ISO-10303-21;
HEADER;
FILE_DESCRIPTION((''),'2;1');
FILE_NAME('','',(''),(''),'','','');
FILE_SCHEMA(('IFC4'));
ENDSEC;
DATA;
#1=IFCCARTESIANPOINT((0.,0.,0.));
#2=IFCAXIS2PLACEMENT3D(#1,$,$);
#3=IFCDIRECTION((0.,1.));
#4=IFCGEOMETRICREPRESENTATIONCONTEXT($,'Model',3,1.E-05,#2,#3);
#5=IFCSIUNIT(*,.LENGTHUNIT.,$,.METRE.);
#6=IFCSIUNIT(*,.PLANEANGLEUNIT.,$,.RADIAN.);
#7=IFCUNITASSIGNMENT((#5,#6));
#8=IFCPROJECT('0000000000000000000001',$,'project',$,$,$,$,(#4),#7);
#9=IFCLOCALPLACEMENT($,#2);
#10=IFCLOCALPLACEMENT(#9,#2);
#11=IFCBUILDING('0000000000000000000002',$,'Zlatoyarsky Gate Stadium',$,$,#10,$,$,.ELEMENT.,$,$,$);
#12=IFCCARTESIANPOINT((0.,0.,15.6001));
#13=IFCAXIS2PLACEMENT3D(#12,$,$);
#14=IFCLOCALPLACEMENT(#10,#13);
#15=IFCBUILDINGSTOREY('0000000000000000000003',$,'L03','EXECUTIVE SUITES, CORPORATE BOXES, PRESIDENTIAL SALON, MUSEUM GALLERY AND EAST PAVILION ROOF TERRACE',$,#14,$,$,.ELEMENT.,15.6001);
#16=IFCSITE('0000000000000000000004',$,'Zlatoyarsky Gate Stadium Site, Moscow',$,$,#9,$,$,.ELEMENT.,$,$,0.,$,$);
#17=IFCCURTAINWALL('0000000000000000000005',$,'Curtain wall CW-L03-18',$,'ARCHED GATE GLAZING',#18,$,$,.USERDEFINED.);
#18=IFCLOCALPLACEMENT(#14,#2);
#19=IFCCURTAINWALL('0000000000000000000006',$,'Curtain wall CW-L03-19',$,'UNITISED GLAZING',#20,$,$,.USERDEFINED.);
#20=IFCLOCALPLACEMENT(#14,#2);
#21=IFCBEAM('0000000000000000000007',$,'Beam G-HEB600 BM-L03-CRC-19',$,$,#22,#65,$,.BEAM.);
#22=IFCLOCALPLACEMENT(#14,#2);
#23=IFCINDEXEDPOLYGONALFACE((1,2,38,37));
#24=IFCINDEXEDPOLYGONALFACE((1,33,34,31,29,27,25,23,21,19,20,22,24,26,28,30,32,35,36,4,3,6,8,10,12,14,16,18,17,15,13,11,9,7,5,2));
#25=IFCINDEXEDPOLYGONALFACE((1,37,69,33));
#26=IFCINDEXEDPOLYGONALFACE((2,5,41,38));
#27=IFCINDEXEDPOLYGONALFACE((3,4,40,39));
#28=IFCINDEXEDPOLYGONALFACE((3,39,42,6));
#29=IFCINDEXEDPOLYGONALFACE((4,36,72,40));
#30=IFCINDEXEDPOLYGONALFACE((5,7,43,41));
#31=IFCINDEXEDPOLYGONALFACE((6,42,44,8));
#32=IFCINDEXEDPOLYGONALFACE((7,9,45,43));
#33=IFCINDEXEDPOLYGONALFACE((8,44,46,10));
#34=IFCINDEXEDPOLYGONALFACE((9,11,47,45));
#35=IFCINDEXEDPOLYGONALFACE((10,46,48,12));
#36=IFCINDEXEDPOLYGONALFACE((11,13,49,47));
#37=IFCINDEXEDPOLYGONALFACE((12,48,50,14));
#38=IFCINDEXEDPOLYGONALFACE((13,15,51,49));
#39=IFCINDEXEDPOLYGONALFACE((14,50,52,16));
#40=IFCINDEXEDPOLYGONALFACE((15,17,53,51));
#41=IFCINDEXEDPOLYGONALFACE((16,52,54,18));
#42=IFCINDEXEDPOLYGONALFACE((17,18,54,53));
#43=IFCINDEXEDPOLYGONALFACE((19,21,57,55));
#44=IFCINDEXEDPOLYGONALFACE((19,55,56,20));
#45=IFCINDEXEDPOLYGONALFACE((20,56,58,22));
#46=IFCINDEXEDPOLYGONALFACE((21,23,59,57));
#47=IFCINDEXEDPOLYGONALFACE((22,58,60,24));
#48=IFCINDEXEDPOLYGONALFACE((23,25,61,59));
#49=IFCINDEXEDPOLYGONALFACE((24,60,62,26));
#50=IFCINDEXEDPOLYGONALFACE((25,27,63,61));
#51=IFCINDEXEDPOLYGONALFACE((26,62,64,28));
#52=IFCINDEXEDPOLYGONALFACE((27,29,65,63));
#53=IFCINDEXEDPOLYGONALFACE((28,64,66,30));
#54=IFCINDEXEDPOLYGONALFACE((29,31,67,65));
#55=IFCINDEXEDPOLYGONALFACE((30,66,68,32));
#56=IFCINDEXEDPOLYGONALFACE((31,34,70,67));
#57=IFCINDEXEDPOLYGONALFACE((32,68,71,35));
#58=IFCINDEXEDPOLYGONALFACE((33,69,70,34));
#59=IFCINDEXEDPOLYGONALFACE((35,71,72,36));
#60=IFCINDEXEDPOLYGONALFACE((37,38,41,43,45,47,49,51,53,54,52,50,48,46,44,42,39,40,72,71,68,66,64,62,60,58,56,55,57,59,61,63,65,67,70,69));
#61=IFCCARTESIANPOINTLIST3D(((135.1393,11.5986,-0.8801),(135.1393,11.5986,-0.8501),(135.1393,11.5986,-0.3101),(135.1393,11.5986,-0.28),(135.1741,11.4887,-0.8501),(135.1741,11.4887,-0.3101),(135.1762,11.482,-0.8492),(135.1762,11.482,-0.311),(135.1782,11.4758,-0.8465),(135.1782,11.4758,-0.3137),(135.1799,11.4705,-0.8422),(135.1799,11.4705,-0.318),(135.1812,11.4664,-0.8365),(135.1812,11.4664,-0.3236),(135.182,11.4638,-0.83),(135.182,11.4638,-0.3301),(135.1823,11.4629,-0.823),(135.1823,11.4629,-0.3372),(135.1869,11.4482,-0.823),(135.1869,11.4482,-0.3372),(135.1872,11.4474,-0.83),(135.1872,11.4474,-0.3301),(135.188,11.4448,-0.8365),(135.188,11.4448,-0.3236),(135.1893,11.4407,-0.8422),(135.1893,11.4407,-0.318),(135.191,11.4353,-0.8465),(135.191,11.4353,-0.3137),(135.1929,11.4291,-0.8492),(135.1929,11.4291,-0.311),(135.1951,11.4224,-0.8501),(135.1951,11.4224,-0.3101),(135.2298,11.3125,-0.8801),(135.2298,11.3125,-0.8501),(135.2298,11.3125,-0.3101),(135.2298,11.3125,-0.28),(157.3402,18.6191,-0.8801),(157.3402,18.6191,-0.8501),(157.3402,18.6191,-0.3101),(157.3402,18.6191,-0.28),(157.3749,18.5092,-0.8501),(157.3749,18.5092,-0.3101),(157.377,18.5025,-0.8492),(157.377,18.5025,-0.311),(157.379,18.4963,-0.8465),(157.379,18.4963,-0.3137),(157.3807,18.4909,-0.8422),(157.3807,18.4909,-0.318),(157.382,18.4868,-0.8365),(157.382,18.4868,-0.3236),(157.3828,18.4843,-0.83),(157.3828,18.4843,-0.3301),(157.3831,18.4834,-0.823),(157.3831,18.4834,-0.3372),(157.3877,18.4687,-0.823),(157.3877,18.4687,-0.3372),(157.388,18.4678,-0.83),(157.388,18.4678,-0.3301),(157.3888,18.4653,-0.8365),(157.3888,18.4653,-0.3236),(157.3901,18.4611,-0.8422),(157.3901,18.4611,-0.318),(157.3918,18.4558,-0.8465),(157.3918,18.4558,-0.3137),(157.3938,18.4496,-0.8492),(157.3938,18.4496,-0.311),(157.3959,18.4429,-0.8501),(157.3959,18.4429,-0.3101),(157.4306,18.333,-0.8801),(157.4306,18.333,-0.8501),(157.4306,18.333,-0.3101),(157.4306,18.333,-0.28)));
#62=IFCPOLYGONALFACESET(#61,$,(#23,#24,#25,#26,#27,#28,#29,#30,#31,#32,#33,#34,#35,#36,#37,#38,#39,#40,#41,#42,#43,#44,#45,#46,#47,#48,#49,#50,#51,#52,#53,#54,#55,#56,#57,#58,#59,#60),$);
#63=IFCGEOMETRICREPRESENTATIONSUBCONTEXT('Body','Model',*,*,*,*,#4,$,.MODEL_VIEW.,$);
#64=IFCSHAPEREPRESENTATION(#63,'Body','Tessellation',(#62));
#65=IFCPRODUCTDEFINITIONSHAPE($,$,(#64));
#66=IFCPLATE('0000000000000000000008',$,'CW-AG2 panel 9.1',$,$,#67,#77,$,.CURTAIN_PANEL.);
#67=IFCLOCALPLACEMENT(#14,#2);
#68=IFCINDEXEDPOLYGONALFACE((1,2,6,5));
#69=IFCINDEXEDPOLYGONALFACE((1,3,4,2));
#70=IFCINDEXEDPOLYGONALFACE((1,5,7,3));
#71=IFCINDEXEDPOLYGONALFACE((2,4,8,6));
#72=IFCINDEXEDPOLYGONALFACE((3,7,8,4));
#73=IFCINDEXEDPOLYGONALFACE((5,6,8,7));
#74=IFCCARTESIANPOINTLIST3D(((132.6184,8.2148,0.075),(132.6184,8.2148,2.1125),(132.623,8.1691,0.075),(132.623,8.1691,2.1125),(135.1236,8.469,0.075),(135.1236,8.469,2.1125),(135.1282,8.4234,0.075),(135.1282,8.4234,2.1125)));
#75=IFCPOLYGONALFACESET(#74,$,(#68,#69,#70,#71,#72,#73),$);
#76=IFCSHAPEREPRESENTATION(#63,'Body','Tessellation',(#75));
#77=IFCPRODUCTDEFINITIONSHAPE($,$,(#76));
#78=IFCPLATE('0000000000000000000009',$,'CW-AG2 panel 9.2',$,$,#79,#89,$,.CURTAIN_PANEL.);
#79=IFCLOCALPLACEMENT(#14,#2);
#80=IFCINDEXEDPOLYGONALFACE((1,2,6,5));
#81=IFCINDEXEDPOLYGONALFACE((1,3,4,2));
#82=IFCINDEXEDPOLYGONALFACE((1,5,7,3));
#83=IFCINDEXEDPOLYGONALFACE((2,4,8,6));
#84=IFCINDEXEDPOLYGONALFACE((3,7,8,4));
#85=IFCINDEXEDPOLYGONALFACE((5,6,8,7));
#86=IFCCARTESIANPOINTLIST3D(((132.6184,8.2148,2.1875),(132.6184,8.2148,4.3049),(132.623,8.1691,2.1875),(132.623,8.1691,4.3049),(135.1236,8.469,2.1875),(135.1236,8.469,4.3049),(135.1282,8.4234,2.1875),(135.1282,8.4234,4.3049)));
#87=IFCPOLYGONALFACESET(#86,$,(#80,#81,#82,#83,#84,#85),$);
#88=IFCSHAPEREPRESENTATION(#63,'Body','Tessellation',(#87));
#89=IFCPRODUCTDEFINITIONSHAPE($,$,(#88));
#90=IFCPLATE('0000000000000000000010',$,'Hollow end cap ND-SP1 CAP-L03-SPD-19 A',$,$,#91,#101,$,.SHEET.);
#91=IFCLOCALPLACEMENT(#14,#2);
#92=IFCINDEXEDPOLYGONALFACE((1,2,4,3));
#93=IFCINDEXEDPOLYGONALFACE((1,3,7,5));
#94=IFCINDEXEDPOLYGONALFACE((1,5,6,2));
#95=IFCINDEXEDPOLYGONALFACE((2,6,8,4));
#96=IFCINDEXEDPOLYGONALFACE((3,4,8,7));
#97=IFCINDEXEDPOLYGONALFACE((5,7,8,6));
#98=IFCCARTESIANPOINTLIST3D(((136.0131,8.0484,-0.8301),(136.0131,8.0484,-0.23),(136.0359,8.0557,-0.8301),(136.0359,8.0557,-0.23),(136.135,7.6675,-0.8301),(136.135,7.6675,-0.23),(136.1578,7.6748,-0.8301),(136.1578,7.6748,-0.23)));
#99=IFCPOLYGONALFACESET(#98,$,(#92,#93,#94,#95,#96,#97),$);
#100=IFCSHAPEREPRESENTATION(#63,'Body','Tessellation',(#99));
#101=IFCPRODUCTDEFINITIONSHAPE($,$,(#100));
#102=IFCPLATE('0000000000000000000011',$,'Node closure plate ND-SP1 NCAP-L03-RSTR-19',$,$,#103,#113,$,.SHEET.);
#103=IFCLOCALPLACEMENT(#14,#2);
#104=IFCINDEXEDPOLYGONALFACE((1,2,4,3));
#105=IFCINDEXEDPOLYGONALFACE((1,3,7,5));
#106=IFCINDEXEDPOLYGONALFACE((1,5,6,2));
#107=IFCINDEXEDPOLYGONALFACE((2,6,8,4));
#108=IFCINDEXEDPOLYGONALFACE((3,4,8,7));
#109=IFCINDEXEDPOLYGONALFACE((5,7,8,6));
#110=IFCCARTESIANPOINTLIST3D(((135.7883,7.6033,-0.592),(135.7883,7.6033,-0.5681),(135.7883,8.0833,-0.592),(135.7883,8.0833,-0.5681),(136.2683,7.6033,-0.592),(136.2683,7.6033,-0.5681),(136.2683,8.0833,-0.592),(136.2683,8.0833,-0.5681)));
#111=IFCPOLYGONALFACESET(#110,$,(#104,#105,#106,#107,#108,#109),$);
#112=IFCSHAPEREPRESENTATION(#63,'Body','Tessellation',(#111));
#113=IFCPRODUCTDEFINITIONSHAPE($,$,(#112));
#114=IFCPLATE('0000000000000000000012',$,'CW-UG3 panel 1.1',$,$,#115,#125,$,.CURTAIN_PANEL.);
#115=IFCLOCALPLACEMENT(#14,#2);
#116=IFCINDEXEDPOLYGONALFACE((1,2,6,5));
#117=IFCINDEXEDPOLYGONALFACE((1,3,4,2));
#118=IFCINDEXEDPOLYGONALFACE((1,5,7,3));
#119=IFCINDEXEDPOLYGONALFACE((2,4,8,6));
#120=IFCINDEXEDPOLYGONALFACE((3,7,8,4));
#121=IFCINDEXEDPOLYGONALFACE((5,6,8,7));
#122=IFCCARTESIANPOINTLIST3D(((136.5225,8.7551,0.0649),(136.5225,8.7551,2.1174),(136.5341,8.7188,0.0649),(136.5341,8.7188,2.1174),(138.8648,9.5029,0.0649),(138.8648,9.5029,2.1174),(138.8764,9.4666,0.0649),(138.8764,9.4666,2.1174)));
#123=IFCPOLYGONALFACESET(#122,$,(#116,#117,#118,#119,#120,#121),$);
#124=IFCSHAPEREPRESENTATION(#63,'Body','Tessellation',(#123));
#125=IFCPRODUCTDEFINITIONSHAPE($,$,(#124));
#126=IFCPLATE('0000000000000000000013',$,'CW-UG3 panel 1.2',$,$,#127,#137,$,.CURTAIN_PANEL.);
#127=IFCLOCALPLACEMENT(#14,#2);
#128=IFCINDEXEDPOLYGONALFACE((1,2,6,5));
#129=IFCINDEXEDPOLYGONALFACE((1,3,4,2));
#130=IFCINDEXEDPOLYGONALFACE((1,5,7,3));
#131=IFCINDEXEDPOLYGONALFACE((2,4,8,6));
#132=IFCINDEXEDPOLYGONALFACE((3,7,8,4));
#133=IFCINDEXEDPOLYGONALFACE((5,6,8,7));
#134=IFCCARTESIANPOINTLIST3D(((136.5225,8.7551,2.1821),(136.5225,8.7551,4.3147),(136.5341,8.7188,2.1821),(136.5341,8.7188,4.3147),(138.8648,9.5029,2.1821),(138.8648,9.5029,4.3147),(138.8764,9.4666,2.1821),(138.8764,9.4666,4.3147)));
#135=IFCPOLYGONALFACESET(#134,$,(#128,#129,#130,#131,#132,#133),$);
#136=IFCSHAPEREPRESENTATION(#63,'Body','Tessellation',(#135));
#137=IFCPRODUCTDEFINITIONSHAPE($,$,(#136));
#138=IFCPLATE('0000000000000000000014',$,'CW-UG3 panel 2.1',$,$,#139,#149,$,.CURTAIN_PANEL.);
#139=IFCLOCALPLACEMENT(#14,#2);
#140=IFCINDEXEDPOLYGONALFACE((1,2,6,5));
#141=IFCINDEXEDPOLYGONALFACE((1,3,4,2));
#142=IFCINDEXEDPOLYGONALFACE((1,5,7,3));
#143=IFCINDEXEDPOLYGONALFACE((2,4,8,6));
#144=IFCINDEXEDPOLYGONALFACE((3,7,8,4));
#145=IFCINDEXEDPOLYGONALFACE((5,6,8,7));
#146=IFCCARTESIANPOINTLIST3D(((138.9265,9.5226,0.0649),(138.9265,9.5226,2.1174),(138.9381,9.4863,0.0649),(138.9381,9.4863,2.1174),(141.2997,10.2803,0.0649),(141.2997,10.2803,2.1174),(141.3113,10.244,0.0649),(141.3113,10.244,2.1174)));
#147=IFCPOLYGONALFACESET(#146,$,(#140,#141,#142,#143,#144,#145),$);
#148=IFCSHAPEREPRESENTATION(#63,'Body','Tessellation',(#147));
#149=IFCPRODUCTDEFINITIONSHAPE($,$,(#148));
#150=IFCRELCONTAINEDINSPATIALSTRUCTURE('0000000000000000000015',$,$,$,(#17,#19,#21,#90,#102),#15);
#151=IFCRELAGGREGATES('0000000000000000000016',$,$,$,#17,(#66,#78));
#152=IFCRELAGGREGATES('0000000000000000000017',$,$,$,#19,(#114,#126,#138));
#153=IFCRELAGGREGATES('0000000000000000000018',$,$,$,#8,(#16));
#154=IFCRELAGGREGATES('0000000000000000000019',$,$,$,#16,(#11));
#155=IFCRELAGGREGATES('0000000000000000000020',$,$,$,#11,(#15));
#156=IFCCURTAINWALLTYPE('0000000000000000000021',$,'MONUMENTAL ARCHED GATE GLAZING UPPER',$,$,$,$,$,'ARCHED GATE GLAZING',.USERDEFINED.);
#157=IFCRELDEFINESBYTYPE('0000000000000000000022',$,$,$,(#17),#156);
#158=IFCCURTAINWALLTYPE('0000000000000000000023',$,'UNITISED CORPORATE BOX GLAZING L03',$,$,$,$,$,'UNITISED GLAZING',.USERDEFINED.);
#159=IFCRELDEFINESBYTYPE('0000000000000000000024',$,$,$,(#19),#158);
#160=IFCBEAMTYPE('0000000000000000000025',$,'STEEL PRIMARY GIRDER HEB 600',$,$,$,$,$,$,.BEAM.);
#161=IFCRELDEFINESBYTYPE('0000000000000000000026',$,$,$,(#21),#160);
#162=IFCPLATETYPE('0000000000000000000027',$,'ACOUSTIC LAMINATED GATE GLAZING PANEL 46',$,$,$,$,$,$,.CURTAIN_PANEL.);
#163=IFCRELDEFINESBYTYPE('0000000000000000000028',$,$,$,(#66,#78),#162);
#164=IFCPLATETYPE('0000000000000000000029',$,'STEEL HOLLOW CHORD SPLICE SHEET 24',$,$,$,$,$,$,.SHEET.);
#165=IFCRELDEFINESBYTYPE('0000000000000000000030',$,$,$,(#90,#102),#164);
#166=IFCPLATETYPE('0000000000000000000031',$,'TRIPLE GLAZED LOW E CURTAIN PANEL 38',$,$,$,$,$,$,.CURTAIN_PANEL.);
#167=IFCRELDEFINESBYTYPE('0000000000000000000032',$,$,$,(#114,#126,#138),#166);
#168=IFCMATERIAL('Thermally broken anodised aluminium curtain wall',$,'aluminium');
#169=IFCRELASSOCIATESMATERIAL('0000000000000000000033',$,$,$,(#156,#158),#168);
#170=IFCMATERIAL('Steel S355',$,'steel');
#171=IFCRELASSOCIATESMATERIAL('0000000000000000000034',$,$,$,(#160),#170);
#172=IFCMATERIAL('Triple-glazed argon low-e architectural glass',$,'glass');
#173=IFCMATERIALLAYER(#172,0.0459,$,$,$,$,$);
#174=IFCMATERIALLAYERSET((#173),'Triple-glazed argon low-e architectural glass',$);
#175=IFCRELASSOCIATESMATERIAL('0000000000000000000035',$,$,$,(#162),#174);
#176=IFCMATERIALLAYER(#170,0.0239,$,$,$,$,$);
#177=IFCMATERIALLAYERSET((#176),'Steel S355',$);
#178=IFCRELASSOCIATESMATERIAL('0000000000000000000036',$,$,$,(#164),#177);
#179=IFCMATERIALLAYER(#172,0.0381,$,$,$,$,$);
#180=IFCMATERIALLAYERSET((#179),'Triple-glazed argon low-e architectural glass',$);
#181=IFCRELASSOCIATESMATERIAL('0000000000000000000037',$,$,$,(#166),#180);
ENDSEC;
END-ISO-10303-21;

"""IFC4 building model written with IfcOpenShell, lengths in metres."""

from ifc_helpers import new_model, si_unit, direction, frame, origin, origin_2d, place, context, subcontext, project, spatial, rectangle, i_section, extrude, material, layer, layer_set, material_profile, profile_set, type_object, element, aggregate, save


model = new_model("IFC4")

# Units and contexts
model_context = context("Model", 3, precision=1e-05, world=origin(), true_north=direction((0.0, 1.0)))
body_context = subcontext(model_context, "Body", "Model", "MODEL_VIEW")
ifc_project = project(units=[si_unit("LENGTHUNIT", "METRE"), si_unit("PLANEANGLEUNIT", "RADIAN")], contexts=[model_context])

# Site, building, storey
site_placement = place(None, origin())
site = spatial("IfcSite", under=ifc_project, at=site_placement, Name="Zlatoyarsky Gate Stadium Site, Moscow", CompositionType="ELEMENT", RefElevation=0.0)
building_placement = place(site_placement, origin())
building = spatial("IfcBuilding", under=site, at=building_placement, Name="Zlatoyarsky Gate Stadium", CompositionType="ELEMENT")
storey_placement = place(building_placement, frame((0.0, 0.0, 15.6001)))
storey = spatial("IfcBuildingStorey", under=building, at=storey_placement, Name="L03", Description="EXECUTIVE SUITES, CORPORATE BOXES, PRESIDENTIAL SALON, MUSEUM GALLERY AND EAST PAVILION ROOF TERRACE", CompositionType="ELEMENT", Elevation=15.6001)

# Shared definitions
ifc_material_1 = material(Name="Steel S355", Category="steel")

# Curtain wall
ifc_material_2 = material(Name="Thermally broken anodised aluminium curtain wall", Category="aluminium")
curtain_wall_type_1 = type_object("IfcCurtainWallType", Name="MONUMENTAL ARCHED GATE GLAZING UPPER", ElementType="ARCHED GATE GLAZING", PredefinedType="USERDEFINED", material=ifc_material_2)
curtain_wall_1_placement = place(storey_placement, origin())
curtain_wall_1 = element("IfcCurtainWall", 1, at=curtain_wall_1_placement, inside=storey, type_object=curtain_wall_type_1, Name="Curtain wall CW-L03-18", ObjectType="ARCHED GATE GLAZING", PredefinedType="USERDEFINED")

# Curtain wall
curtain_wall_type_2 = type_object("IfcCurtainWallType", Name="UNITISED CORPORATE BOX GLAZING L03", ElementType="UNITISED GLAZING", PredefinedType="USERDEFINED", material=ifc_material_2)
curtain_wall_2_placement = place(storey_placement, origin())
curtain_wall_2 = element("IfcCurtainWall", 2, at=curtain_wall_2_placement, inside=storey, type_object=curtain_wall_type_2, Name="Curtain wall CW-L03-19", ObjectType="UNITISED GLAZING", PredefinedType="USERDEFINED")

# Beam
ifc_material_profile_1 = material_profile(ifc_material_1, i_section(OverallWidth=0.3, OverallDepth=0.6001, WebThickness=0.0154, FlangeThickness=0.03, FilletRadius=0.0271, at=origin_2d()), Name="HEB 600")
ifc_profile_set_1 = profile_set([ifc_material_profile_1], Name="Steel S355")
beam_type_1 = type_object("IfcBeamType", Name="STEEL PRIMARY GIRDER HEB 600", PredefinedType="BEAM", material=ifc_profile_set_1)
beam_1_placement = place(storey_placement, frame((135.1846, 11.4556, -0.5801), z_axis=(0.953463, 0.30151, 0.0), x_axis=(-0.30151, 0.953463, 0.0)))
element("IfcBeam", 3, at=beam_1_placement, inside=storey, type_object=beam_type_1, Name="Beam G-HEB600 BM-L03-CRC-19", PredefinedType="BEAM", context=body_context, shape_type="SweptSolid", body=[
    extrude(i_section(OverallWidth=0.3, OverallDepth=0.6001, WebThickness=0.0154, FlangeThickness=0.03, FilletRadius=0.0271, at=origin_2d()), origin(), (0.0, 0.0, 1.0), 23.2844),
])

# Plates
ifc_material_3 = material(Name="Triple-glazed argon low-e architectural glass", Category="glass")
ifc_layer_1 = layer(ifc_material_3, 0.0459)
ifc_layer_set_1 = layer_set([ifc_layer_1], Name="Triple-glazed argon low-e architectural glass")
plate_type_1 = type_object("IfcPlateType", Name="ACOUSTIC LAMINATED GATE GLAZING PANEL 46", PredefinedType="CURTAIN_PANEL", material=ifc_layer_set_1)
plate_1_placement = place(storey_placement, frame((133.8733, 8.3191, 0.075), z_axis=(0.0, 0.0, 1.0), x_axis=(0.99489, 0.100968, 0.0)))
plate_1 = element("IfcPlate", 4, at=plate_1_placement, type_object=plate_type_1, Name="CW-AG2 panel 9.1", PredefinedType="CURTAIN_PANEL", context=body_context, shape_type="SweptSolid", body=[
    extrude(rectangle(XDim=2.5181, YDim=0.0459, at=origin_2d()), origin(), (0.0, 0.0, 1.0), 2.0376),
])
plate_2_placement = place(storey_placement, frame((133.8733, 8.3191, 2.1875), z_axis=(0.0, 0.0, 1.0), x_axis=(0.99489, 0.100968, 0.0)))
plate_2 = element("IfcPlate", 5, at=plate_2_placement, type_object=plate_type_1, Name="CW-AG2 panel 9.2", PredefinedType="CURTAIN_PANEL", context=body_context, shape_type="SweptSolid", body=[
    extrude(rectangle(XDim=2.5181, YDim=0.0459, at=origin_2d()), origin(), (0.0, 0.0, 1.0), 2.1174),
])
aggregate(curtain_wall_1, [plate_1, plate_2])

# Plates
ifc_layer_2 = layer(ifc_material_1, 0.0239)
ifc_layer_set_2 = layer_set([ifc_layer_2], Name="Steel S355")
plate_type_2 = type_object("IfcPlateType", Name="STEEL HOLLOW CHORD SPLICE SHEET 24", PredefinedType="SHEET", material=ifc_layer_set_2)
plate_3_placement = place(storey_placement, frame((136.0854, 7.8616, -0.8301), z_axis=(0.0, 0.0, 1.0), x_axis=(0.95243, 0.304759, 0.0)))
element("IfcPlate", 6, at=plate_3_placement, inside=storey, type_object=plate_type_2, Name="Hollow end cap ND-SP1 CAP-L03-SPD-19 A", PredefinedType="SHEET", context=body_context, shape_type="SweptSolid", body=[
    extrude(rectangle(XDim=0.0239, YDim=0.3999, at=origin_2d()), origin(), (0.0, 0.0, 1.0), 0.6001),
])
plate_4_placement = place(storey_placement, frame((136.0283, 7.8433, -0.592), z_axis=(0.0, 0.0, 1.0), x_axis=(1.0, 0.0, 0.0)))
element("IfcPlate", 7, at=plate_4_placement, inside=storey, type_object=plate_type_2, Name="Node closure plate ND-SP1 NCAP-L03-RSTR-19", PredefinedType="SHEET", context=body_context, shape_type="SweptSolid", body=[
    extrude(rectangle(XDim=0.48, YDim=0.48, at=origin_2d()), origin(), (0.0, 0.0, 1.0), 0.0239),
])

# Plates
ifc_layer_3 = layer(ifc_material_3, 0.0381)
ifc_layer_set_3 = layer_set([ifc_layer_3], Name="Triple-glazed argon low-e architectural glass")
plate_type_3 = type_object("IfcPlateType", Name="TRIPLE GLAZED LOW E CURTAIN PANEL 38", PredefinedType="CURTAIN_PANEL", material=ifc_layer_set_3)
plate_5_placement = place(storey_placement, frame((137.6995, 9.1108, 0.0649), z_axis=(0.0, 0.0, 1.0), x_axis=(0.95262, 0.304162, 0.0)))
plate_5 = element("IfcPlate", 8, at=plate_5_placement, type_object=plate_type_3, Name="CW-UG3 panel 1.1", PredefinedType="CURTAIN_PANEL", context=body_context, shape_type="SweptSolid", body=[
    extrude(rectangle(XDim=2.4587, YDim=0.0381, at=origin_2d()), origin(), (0.0, 0.0, 1.0), 2.0525),
])
plate_6_placement = place(storey_placement, frame((137.6995, 9.1108, 2.1821), z_axis=(0.0, 0.0, 1.0), x_axis=(0.95262, 0.304162, 0.0)))
plate_6 = element("IfcPlate", 9, at=plate_6_placement, type_object=plate_type_3, Name="CW-UG3 panel 1.2", PredefinedType="CURTAIN_PANEL", context=body_context, shape_type="SweptSolid", body=[
    extrude(rectangle(XDim=2.4587, YDim=0.0381, at=origin_2d()), origin(), (0.0, 0.0, 1.0), 2.1326),
])
plate_7_placement = place(storey_placement, frame((140.1189, 9.8833, 0.0649), z_axis=(0.0, 0.0, 1.0), x_axis=(0.95262, 0.304162, 0.0)))
plate_7 = element("IfcPlate", 10, at=plate_7_placement, type_object=plate_type_3, Name="CW-UG3 panel 2.1", PredefinedType="CURTAIN_PANEL", context=body_context, shape_type="SweptSolid", body=[
    extrude(rectangle(XDim=2.4912, YDim=0.0381, at=origin_2d()), origin(), (0.0, 0.0, 1.0), 2.0525),
])
aggregate(curtain_wall_2, [plate_5, plate_6, plate_7])

save(model, "model.ifc")
